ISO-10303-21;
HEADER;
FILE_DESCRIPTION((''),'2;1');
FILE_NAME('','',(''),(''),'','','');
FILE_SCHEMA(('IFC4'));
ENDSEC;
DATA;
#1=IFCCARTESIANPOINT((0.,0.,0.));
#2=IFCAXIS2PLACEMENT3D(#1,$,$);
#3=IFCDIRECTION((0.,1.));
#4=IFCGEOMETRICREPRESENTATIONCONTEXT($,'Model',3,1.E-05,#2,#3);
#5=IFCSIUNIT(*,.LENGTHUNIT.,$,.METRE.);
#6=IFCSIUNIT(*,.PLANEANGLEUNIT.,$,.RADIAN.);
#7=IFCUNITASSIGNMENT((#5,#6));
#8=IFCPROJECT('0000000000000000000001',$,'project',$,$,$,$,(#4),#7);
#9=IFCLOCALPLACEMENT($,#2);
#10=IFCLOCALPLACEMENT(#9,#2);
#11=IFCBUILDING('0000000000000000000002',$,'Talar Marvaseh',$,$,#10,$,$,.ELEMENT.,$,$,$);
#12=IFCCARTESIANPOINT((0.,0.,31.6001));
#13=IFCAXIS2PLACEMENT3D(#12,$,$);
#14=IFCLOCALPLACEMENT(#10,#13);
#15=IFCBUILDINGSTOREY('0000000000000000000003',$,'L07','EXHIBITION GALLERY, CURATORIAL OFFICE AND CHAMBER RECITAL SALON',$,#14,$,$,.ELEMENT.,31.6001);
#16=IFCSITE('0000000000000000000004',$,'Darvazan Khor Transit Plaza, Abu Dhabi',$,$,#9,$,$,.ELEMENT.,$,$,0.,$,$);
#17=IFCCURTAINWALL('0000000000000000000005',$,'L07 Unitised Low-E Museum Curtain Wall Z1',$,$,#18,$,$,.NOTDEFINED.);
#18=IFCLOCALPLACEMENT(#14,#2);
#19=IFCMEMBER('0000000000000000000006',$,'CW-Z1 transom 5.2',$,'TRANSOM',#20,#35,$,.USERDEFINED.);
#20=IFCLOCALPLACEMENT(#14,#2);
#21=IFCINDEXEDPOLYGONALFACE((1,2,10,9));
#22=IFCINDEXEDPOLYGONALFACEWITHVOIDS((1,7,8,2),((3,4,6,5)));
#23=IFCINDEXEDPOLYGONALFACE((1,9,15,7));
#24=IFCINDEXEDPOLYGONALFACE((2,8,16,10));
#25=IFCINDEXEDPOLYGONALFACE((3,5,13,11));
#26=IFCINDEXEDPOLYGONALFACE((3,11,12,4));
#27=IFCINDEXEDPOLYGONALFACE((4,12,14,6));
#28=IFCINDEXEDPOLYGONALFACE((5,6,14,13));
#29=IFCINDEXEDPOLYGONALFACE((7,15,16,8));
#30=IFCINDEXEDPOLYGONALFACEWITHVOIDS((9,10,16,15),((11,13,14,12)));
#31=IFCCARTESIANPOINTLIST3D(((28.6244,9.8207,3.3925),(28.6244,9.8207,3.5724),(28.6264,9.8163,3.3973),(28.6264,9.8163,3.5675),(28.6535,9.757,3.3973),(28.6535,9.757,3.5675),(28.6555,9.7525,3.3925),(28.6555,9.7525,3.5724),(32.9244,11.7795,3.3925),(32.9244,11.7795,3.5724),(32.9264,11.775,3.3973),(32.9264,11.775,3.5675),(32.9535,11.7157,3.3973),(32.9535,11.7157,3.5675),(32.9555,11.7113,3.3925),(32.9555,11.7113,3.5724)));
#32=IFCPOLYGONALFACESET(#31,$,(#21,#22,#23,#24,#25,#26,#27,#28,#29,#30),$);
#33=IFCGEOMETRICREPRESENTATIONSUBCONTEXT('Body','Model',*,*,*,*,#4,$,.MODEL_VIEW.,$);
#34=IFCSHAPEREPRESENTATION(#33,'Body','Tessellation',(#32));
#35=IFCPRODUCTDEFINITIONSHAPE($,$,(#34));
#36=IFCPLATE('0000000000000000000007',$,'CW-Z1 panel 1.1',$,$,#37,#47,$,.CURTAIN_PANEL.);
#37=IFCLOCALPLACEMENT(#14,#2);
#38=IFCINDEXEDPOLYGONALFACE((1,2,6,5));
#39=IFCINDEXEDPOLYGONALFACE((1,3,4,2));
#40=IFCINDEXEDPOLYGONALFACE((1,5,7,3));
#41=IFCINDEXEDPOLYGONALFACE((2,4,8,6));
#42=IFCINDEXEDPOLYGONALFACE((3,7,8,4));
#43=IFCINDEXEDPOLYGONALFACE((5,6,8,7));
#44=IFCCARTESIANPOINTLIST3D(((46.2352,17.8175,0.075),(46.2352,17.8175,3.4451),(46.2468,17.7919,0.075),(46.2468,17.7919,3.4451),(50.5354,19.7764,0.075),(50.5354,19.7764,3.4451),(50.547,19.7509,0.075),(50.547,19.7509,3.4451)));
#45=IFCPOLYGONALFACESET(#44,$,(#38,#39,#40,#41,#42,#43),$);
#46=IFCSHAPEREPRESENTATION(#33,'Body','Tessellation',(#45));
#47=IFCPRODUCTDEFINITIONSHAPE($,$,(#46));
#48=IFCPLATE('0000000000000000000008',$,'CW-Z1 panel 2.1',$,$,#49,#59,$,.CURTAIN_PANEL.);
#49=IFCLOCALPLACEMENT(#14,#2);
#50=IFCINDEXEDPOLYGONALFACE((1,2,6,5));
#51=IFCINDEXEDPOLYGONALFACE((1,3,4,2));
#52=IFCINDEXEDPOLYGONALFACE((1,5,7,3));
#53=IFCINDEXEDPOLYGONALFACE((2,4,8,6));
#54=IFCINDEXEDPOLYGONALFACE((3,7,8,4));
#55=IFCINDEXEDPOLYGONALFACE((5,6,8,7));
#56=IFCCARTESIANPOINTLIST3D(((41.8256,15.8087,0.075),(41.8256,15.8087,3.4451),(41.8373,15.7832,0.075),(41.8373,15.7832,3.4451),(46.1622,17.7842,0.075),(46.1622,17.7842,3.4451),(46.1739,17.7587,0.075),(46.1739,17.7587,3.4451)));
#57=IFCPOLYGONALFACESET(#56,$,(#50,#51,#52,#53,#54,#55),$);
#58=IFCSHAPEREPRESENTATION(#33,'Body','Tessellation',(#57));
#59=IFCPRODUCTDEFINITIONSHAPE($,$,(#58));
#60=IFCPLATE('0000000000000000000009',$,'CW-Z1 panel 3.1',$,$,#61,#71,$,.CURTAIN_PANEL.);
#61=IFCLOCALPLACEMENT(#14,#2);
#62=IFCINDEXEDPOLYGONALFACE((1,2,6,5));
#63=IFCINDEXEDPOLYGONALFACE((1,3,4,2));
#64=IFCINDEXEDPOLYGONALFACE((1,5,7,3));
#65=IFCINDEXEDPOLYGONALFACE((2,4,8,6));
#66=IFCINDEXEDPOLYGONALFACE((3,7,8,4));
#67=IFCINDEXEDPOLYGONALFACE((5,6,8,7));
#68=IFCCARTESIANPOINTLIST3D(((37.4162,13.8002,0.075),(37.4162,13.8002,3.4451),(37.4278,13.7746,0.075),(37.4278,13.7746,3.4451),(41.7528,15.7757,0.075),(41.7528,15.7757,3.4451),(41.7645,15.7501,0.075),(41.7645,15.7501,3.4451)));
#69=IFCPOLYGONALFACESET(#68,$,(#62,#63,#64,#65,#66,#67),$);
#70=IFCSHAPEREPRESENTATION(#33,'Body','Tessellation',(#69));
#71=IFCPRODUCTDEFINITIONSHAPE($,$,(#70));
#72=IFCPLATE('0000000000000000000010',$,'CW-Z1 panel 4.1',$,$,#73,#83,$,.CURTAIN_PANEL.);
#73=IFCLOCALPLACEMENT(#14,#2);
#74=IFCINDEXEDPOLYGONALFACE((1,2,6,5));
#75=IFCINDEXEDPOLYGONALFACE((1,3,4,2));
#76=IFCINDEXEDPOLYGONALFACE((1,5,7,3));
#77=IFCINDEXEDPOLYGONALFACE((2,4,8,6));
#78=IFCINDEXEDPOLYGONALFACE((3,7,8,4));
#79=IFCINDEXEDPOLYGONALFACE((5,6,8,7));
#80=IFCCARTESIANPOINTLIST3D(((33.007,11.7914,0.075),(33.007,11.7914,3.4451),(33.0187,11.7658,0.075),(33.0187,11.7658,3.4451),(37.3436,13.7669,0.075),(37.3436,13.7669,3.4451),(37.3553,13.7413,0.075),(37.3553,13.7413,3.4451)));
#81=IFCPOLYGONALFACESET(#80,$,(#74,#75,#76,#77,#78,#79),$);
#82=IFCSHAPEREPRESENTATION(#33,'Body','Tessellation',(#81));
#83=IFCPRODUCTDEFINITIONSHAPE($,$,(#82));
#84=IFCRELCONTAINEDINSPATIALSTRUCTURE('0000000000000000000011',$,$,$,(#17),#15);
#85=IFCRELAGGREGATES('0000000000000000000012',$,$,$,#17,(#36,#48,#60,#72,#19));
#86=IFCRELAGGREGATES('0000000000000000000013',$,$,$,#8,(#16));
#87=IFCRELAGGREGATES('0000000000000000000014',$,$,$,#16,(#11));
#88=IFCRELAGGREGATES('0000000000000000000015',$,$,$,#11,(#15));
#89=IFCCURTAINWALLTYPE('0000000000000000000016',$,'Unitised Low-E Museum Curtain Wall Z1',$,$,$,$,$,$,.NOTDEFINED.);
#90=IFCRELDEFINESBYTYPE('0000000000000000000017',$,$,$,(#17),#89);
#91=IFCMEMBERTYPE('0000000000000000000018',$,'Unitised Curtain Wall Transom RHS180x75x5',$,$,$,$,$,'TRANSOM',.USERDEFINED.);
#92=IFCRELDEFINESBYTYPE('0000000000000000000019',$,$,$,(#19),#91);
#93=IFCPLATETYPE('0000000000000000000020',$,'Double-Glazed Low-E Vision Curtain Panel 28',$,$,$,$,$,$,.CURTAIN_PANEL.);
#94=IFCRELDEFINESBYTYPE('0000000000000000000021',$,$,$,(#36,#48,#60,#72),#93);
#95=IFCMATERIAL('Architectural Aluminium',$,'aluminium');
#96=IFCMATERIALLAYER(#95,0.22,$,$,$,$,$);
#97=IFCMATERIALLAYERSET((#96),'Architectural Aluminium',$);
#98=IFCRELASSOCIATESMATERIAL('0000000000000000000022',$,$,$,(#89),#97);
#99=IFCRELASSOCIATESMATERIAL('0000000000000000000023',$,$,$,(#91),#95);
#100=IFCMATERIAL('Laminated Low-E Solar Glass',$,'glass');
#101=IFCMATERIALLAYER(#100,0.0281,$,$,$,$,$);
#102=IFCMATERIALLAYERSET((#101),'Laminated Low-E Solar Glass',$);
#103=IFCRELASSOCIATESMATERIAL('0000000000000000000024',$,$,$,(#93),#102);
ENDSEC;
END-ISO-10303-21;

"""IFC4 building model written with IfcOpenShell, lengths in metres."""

from ifc_helpers import new_model, si_unit, direction, frame, origin, origin_2d, place, context, subcontext, project, spatial, rectangle, hollow_rectangle, extrude, source, transform, mapped, material, layer, layer_set, material_profile, profile_set, type_object, type_shapes, element, aggregate, save


model = new_model("IFC4")

# Units and contexts
model_context = context("Model", 3, precision=1e-05, world=origin(), true_north=direction((0.0, 1.0)))
body_context = subcontext(model_context, "Body", "Model", "MODEL_VIEW")
ifc_project = project(units=[si_unit("LENGTHUNIT", "METRE"), si_unit("PLANEANGLEUNIT", "RADIAN")], contexts=[model_context])

# Site, building, storey
site_placement = place(None, origin())
site = spatial("IfcSite", under=ifc_project, at=site_placement, Name="Darvazan Khor Transit Plaza, Abu Dhabi", CompositionType="ELEMENT", RefElevation=0.0)
building_placement = place(site_placement, origin())
building = spatial("IfcBuilding", under=site, at=building_placement, Name="Talar Marvaseh", CompositionType="ELEMENT")
storey_placement = place(building_placement, frame((0.0, 0.0, 31.6001)))
storey = spatial("IfcBuildingStorey", under=building, at=storey_placement, Name="L07", Description="EXHIBITION GALLERY, CURATORIAL OFFICE AND CHAMBER RECITAL SALON", CompositionType="ELEMENT", Elevation=31.6001)

# Curtain wall, member, plates
ifc_material_1 = material(Name="Architectural Aluminium", Category="aluminium")
ifc_layer_1 = layer(ifc_material_1, 0.22)
ifc_layer_set_1 = layer_set([ifc_layer_1], Name="Architectural Aluminium")
curtain_wall_type = type_object("IfcCurtainWallType", Name="Unitised Low-E Museum Curtain Wall Z1", PredefinedType="NOTDEFINED", material=ifc_layer_set_1)
curtain_wall_placement = place(storey_placement, origin())
curtain_wall = element("IfcCurtainWall", 1, at=curtain_wall_placement, inside=storey, type_object=curtain_wall_type, Name="L07 Unitised Low-E Museum Curtain Wall Z1", PredefinedType="NOTDEFINED")
ifc_material_profile_1 = material_profile(ifc_material_1, hollow_rectangle(XDim=0.075, YDim=0.1799, WallThickness=0.0049, at=origin_2d()), Name="RHS180x75x5")
ifc_profile_set_1 = profile_set([ifc_material_profile_1], Name="Architectural Aluminium")
member_type_1 = type_object("IfcMemberType", Name="Unitised Curtain Wall Transom RHS180x75x5", ElementType="TRANSOM", PredefinedType="USERDEFINED", material=ifc_profile_set_1)
shared_shape_1 = source(origin(), body_context, "Body", "SweptSolid", [
    extrude(hollow_rectangle(XDim=0.075, YDim=0.1799, WallThickness=0.0049, at=origin_2d()), origin(), (0.0, 0.0, 1.0), 4.7251),
])
member_1_placement = place(storey_placement, frame((32.9399, 11.7454, 3.4824), z_axis=(-0.910034, -0.414535, 0.0), x_axis=(0.414535, -0.910034, 0.0)))
member_1 = element("IfcMember", 2, at=member_1_placement, type_object=member_type_1, Name="CW-Z1 transom 5.2", ObjectType="TRANSOM", PredefinedType="USERDEFINED", context=body_context, shape_type="MappedRepresentation", body=[
    mapped(shared_shape_1, transform((0.0, 0.0, 0.0), x_axis=(1.0, 0.0, 0.0), y_axis=(0.0, 1.0, 0.0), z_axis=(0.0, 0.0, 1.0), scale=1.0)),
])
ifc_material_2 = material(Name="Laminated Low-E Solar Glass", Category="glass")
ifc_layer_2 = layer(ifc_material_2, 0.0281)
ifc_layer_set_2 = layer_set([ifc_layer_2], Name="Laminated Low-E Solar Glass")
plate_type = type_object("IfcPlateType", Name="Double-Glazed Low-E Vision Curtain Panel 28", PredefinedType="CURTAIN_PANEL", material=ifc_layer_set_2)
shared_shape_2 = source(origin(), body_context, "Body", "SweptSolid", [
    extrude(rectangle(XDim=4.7253, YDim=0.0281, at=origin_2d()), origin(), (0.0, 0.0, 1.0), 3.3701),
])
plate_1_placement = place(storey_placement, frame((48.3911, 18.7842, 0.075), z_axis=(0.0, 0.0, 1.0), x_axis=(-0.910024, -0.414555, 0.0)))
plate_1 = element("IfcPlate", 3, at=plate_1_placement, type_object=plate_type, Name="CW-Z1 panel 1.1", PredefinedType="CURTAIN_PANEL", context=body_context, shape_type="MappedRepresentation", body=[
    mapped(shared_shape_2, transform((0.0, 0.0, 0.0), x_axis=(1.0, 0.0, 0.0), y_axis=(0.0, 1.0, 0.0), z_axis=(0.0, 0.0, 1.0), scale=1.0)),
])
shared_shape_3 = source(origin(), body_context, "Body", "SweptSolid", [
    extrude(rectangle(XDim=4.7654, YDim=0.0281, at=origin_2d()), origin(), (0.0, 0.0, 1.0), 3.3701),
])
type_shapes(plate_type, [shared_shape_2, shared_shape_3])
plate_2_placement = place(storey_placement, frame((43.9998, 16.7837, 0.075), z_axis=(0.0, 0.0, 1.0), x_axis=(-0.910024, -0.414555, 0.0)))
plate_2 = element("IfcPlate", 4, at=plate_2_placement, type_object=plate_type, Name="CW-Z1 panel 2.1", PredefinedType="CURTAIN_PANEL", context=body_context, shape_type="MappedRepresentation", body=[
    mapped(shared_shape_3, transform((0.0, 0.0, 0.0), x_axis=(1.0, 0.0, 0.0), y_axis=(0.0, 1.0, 0.0), z_axis=(0.0, 0.0, 1.0), scale=1.0)),
])
plate_3_placement = place(storey_placement, frame((39.5903, 14.7751, 0.075), z_axis=(0.0, 0.0, 1.0), x_axis=(-0.910024, -0.414555, 0.0)))
plate_3 = element("IfcPlate", 5, at=plate_3_placement, type_object=plate_type, Name="CW-Z1 panel 3.1", PredefinedType="CURTAIN_PANEL", context=body_context, shape_type="MappedRepresentation", body=[
    mapped(shared_shape_3, transform((0.0, 0.0, 0.0), x_axis=(1.0, 0.0, 0.0), y_axis=(0.0, 1.0, 0.0), z_axis=(0.0, 0.0, 1.0), scale=1.0)),
])
plate_4_placement = place(storey_placement, frame((35.1812, 12.7664, 0.075), z_axis=(0.0, 0.0, 1.0), x_axis=(-0.910024, -0.414555, 0.0)))
plate_4 = element("IfcPlate", 6, at=plate_4_placement, type_object=plate_type, Name="CW-Z1 panel 4.1", PredefinedType="CURTAIN_PANEL", context=body_context, shape_type="MappedRepresentation", body=[
    mapped(shared_shape_3, transform((0.0, 0.0, 0.0), x_axis=(1.0, 0.0, 0.0), y_axis=(0.0, 1.0, 0.0), z_axis=(0.0, 0.0, 1.0), scale=1.0)),
])
aggregate(curtain_wall, [plate_1, plate_2, plate_3, plate_4, member_1])

save(model, "model.ifc")
